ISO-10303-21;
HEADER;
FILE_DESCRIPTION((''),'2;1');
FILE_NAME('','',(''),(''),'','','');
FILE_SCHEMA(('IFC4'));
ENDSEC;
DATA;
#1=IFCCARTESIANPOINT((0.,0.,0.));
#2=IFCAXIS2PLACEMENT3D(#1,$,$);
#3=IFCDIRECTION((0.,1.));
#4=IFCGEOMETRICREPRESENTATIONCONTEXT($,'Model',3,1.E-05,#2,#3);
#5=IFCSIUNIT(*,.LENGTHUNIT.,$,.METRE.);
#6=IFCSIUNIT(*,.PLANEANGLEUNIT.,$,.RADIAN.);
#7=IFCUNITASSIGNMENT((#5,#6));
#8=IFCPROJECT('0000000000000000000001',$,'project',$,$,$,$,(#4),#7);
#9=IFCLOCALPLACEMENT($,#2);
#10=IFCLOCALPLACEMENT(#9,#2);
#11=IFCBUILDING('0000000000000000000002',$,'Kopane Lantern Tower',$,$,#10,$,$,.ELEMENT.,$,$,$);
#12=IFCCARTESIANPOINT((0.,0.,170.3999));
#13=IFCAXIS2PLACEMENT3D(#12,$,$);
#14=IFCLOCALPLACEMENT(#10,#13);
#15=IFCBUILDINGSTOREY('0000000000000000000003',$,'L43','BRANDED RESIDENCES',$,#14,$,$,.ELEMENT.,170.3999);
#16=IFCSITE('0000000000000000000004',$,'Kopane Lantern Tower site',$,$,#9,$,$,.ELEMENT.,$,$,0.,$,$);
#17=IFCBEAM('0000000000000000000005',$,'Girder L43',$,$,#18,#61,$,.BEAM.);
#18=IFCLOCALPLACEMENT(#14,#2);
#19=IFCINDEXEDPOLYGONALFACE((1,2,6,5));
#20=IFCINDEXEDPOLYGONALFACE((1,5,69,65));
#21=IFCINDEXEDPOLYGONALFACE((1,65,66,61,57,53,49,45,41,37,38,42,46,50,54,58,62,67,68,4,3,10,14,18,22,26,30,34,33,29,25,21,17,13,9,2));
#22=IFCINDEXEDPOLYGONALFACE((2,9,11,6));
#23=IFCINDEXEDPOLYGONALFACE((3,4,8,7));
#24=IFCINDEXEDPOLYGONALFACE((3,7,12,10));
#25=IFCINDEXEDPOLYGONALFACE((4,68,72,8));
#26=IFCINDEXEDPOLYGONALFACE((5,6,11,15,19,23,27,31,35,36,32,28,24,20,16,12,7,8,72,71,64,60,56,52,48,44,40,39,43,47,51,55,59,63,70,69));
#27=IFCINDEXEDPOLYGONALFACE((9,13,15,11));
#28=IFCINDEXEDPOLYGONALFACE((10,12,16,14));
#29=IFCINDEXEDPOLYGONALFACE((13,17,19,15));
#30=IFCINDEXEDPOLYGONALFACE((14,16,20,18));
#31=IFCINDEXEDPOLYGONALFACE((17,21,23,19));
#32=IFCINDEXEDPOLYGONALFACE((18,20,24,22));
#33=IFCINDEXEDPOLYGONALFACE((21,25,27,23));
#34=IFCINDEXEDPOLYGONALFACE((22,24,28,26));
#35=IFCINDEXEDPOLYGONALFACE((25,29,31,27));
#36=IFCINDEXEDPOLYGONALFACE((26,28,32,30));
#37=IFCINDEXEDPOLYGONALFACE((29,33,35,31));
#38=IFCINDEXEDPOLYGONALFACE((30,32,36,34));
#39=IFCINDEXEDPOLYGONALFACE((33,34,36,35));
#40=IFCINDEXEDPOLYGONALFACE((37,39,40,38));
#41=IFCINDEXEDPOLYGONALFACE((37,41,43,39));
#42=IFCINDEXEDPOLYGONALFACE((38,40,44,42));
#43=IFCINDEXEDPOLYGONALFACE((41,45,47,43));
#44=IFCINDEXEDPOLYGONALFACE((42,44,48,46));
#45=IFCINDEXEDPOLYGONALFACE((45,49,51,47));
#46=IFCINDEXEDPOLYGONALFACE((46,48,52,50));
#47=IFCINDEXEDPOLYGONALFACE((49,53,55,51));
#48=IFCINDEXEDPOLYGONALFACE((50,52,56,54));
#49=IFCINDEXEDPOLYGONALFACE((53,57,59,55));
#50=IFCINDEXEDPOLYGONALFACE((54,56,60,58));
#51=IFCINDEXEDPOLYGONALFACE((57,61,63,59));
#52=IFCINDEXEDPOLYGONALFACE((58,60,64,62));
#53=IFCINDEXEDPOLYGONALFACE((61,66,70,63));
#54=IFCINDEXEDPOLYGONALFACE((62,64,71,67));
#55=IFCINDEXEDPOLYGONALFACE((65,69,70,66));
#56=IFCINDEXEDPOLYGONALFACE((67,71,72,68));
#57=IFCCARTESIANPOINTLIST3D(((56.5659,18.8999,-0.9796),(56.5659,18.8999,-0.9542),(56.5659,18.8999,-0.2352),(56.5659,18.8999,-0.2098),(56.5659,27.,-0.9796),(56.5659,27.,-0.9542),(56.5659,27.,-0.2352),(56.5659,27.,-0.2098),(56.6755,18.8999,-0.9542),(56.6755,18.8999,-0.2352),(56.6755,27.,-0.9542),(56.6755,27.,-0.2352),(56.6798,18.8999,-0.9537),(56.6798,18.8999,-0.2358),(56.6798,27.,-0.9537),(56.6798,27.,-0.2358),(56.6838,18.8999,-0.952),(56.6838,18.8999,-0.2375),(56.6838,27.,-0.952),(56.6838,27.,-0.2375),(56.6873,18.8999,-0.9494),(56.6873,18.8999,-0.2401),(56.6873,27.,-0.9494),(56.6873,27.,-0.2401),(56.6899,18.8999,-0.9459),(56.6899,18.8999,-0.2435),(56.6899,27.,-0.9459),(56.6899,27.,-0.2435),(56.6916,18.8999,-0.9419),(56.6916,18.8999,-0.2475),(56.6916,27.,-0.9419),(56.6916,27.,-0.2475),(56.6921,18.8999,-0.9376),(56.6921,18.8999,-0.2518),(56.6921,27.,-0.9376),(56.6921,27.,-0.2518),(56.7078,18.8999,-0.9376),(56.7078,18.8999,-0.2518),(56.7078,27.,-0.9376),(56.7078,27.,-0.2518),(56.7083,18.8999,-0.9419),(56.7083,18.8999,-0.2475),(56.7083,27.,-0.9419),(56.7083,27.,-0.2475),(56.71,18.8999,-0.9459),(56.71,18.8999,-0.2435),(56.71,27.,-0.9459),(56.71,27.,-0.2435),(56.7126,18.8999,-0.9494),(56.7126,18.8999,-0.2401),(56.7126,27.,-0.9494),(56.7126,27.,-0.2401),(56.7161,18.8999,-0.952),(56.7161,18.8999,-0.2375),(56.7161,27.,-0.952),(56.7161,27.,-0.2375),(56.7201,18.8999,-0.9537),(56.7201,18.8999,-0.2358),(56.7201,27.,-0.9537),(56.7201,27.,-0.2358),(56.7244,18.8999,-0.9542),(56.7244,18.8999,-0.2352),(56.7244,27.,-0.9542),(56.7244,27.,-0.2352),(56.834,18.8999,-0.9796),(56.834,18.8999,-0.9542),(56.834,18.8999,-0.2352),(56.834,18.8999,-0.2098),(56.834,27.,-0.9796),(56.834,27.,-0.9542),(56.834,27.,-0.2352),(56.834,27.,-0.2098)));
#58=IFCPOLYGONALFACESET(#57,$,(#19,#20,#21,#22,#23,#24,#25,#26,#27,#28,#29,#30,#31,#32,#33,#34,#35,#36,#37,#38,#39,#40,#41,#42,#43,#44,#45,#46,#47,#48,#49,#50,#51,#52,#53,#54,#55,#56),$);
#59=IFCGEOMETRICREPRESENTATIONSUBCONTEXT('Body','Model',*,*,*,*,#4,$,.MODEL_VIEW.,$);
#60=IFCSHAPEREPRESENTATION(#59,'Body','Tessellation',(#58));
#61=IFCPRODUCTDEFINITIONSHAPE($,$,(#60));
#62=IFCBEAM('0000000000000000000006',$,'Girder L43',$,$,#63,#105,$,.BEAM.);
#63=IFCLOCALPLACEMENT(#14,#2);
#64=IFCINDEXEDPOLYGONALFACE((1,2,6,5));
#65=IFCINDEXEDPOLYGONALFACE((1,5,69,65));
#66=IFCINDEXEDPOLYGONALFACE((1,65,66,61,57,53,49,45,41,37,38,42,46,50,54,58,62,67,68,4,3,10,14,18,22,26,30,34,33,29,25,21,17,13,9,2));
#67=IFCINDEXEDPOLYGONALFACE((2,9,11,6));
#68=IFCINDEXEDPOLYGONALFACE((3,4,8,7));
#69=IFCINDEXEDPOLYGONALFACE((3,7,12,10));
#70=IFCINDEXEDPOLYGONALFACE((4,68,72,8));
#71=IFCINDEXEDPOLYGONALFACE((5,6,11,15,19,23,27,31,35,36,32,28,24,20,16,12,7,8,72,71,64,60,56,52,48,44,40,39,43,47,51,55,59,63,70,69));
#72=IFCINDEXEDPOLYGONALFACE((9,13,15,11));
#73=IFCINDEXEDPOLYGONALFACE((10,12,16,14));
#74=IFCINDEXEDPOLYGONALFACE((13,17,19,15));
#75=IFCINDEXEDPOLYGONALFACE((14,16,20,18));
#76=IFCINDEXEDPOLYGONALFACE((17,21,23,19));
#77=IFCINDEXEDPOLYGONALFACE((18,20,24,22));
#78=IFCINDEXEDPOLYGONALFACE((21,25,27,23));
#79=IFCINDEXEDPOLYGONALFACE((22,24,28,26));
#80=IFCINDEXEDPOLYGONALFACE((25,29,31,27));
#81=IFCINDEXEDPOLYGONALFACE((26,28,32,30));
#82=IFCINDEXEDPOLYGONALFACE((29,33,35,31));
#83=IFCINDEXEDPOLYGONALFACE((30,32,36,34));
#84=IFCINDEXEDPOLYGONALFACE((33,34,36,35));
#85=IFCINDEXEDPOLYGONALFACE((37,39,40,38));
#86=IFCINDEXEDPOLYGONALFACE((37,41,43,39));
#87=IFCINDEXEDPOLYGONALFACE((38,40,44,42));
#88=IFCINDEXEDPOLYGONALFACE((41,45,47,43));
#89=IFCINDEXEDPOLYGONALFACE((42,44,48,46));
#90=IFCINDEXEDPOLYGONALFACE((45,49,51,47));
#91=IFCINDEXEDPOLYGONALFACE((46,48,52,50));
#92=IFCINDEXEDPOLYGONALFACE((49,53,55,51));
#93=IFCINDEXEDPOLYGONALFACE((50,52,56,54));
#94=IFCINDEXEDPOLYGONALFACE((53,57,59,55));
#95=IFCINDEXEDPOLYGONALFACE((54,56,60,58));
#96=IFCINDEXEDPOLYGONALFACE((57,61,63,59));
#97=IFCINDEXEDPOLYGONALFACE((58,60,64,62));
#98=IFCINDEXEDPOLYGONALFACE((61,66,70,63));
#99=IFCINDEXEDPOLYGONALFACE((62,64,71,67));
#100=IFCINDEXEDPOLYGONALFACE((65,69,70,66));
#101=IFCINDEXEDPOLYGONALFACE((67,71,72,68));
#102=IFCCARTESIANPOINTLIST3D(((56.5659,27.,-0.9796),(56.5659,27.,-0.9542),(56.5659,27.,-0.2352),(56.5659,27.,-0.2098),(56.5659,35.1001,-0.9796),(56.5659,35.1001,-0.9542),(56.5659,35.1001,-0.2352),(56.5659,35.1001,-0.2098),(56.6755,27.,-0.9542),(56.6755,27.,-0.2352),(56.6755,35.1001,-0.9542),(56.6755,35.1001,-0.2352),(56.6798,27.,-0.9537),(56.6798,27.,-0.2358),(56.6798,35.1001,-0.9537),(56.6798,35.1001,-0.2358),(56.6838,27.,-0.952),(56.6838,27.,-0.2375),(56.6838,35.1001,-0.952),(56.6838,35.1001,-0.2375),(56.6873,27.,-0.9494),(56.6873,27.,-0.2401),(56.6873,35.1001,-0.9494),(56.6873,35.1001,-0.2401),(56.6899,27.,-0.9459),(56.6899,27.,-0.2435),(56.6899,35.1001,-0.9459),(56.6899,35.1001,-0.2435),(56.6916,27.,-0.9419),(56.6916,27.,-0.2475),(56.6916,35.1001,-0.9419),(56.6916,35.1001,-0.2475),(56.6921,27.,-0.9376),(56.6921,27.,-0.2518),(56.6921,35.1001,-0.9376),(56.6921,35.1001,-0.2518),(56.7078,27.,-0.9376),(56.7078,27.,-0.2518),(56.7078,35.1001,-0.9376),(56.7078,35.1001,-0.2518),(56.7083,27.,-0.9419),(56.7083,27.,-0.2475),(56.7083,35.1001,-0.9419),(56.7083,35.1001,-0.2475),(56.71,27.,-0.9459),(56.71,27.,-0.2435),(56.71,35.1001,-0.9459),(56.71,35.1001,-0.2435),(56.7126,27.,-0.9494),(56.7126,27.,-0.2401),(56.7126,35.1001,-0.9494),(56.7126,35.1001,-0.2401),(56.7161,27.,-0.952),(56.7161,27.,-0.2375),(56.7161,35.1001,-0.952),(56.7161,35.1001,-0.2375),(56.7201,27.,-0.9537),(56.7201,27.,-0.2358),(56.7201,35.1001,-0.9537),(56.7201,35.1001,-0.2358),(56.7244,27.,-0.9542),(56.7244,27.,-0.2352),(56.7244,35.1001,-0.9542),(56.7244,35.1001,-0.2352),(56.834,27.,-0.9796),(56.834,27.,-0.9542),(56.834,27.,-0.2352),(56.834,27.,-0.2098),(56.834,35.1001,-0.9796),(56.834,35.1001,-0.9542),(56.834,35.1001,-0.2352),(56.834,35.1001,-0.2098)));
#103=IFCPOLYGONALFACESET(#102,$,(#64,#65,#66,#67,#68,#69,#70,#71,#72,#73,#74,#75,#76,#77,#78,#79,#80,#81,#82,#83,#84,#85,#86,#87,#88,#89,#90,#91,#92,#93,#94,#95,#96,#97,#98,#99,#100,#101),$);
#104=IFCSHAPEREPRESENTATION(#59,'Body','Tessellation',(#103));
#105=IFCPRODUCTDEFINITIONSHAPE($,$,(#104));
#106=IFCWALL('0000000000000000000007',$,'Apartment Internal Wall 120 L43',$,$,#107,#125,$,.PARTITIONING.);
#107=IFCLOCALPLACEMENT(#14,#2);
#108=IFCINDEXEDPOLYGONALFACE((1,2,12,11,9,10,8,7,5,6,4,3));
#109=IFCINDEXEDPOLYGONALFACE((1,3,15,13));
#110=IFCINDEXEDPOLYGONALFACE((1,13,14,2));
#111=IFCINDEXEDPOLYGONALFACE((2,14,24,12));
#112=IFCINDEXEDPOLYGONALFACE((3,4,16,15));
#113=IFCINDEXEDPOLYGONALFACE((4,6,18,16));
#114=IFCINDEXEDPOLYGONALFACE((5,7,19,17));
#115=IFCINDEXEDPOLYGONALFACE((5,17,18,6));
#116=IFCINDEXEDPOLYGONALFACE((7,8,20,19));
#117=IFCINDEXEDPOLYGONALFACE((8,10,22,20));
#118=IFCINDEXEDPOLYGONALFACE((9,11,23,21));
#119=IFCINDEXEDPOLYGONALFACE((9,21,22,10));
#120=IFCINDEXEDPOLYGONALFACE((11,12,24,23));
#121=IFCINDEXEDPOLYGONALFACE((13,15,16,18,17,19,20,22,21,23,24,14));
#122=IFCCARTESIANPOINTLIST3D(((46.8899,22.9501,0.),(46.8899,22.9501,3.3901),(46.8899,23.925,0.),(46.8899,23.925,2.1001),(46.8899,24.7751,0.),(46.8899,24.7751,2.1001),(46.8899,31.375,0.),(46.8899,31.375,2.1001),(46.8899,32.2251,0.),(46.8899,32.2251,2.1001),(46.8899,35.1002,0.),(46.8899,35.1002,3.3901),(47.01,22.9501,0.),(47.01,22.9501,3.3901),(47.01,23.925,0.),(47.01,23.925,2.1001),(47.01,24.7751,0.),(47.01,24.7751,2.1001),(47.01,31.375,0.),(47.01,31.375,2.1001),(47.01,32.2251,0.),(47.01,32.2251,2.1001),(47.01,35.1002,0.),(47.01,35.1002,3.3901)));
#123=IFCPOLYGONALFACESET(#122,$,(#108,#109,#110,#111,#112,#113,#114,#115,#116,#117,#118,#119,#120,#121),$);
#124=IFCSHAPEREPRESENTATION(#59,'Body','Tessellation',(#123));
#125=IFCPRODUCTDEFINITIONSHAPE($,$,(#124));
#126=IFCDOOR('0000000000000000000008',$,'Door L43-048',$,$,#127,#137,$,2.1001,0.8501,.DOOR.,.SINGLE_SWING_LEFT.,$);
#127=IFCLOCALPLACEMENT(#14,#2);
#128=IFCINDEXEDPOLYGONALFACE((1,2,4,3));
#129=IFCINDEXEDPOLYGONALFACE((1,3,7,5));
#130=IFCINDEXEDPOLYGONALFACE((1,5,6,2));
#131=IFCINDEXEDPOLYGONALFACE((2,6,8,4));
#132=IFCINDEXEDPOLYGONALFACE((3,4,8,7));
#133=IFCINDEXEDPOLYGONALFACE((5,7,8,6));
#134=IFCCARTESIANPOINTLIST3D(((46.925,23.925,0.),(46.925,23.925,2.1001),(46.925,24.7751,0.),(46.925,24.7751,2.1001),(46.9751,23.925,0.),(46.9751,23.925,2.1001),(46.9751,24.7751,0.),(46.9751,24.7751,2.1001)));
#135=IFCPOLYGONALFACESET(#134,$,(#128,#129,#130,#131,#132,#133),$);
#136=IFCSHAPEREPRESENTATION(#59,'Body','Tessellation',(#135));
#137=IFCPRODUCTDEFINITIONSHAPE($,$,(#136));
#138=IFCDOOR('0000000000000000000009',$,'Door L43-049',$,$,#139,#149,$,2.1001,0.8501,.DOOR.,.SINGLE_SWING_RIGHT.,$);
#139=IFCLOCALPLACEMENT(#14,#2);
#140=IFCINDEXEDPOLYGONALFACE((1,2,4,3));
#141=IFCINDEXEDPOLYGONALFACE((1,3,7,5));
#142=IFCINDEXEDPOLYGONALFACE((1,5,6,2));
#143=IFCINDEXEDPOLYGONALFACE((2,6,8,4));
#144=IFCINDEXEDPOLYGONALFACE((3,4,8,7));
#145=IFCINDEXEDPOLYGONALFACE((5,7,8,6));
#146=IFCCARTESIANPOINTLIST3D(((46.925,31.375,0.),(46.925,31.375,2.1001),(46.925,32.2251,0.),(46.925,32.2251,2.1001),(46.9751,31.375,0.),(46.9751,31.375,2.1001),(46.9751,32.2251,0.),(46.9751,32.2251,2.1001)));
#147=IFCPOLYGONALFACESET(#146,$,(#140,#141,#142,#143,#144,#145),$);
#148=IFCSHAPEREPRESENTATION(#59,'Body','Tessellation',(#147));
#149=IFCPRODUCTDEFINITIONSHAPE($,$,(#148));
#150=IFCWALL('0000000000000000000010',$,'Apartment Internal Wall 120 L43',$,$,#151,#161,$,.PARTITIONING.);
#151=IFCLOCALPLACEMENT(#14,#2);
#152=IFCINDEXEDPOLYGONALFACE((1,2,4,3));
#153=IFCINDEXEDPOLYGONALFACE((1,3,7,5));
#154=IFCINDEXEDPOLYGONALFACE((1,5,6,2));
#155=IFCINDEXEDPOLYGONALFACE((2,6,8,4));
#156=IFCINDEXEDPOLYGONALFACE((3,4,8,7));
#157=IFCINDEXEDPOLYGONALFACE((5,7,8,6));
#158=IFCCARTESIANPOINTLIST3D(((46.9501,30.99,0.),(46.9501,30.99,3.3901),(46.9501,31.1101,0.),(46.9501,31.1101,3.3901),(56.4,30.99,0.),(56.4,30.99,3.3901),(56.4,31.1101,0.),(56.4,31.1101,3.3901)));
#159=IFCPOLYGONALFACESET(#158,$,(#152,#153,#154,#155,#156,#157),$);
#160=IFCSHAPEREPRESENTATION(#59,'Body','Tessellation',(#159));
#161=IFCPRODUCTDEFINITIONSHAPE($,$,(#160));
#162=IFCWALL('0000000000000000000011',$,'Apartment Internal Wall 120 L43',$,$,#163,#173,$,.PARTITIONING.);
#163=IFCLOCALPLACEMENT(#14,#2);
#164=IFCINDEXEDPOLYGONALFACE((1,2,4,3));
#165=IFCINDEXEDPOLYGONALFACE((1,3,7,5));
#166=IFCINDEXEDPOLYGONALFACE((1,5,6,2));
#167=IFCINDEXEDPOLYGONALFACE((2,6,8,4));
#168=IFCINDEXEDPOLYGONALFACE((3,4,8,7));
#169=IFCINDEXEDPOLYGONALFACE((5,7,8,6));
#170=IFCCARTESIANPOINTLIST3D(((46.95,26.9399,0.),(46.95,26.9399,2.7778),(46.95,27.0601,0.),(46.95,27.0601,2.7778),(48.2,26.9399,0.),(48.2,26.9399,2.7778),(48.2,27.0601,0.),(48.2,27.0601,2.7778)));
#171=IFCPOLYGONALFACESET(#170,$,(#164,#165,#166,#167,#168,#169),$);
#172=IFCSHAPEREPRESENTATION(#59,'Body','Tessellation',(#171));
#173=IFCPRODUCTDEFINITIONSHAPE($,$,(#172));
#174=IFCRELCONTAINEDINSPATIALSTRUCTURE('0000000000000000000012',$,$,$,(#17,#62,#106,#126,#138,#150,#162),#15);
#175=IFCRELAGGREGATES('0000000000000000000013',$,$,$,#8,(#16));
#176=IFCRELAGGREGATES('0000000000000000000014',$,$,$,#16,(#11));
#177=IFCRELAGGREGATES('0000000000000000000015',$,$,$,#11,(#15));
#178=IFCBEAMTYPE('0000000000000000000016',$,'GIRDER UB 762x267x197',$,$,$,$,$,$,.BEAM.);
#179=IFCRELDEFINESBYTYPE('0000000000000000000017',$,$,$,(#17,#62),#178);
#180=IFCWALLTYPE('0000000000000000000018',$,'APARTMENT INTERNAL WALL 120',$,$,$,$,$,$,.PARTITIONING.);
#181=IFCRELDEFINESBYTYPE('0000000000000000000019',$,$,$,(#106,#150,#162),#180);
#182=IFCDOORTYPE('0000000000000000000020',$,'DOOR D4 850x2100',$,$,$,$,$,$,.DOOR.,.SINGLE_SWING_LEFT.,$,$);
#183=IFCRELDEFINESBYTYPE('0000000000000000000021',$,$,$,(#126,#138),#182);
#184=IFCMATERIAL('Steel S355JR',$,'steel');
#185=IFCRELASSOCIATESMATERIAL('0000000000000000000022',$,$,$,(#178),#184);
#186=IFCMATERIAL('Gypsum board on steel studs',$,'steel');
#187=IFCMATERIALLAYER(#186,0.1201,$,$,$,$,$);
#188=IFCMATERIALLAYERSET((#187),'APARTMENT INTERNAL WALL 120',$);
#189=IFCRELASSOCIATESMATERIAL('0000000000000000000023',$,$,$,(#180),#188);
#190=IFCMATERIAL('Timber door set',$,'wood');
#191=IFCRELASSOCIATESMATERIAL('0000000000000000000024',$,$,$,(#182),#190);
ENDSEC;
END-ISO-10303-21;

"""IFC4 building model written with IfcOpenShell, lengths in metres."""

from ifc_helpers import new_model, si_unit, direction, frame, frame_2d, origin, origin_2d, place, context, subcontext, project, spatial, rectangle, i_section, extrude, material, layer, layer_set, material_profile, profile_set, type_object, element, fill, save


model = new_model("IFC4")

# Units and contexts
model_context = context("Model", 3, precision=1e-05, world=origin(), true_north=direction((0.0, 1.0)))
body_context = subcontext(model_context, "Body", "Model", "MODEL_VIEW")
ifc_project = project(units=[si_unit("LENGTHUNIT", "METRE"), si_unit("PLANEANGLEUNIT", "RADIAN")], contexts=[model_context])

# Site, building, storey
site_placement = place(None, origin())
site = spatial("IfcSite", under=ifc_project, at=site_placement, Name="Kopane Lantern Tower site", CompositionType="ELEMENT", RefElevation=0.0)
building_placement = place(site_placement, origin())
building = spatial("IfcBuilding", under=site, at=building_placement, Name="Kopane Lantern Tower", CompositionType="ELEMENT")
storey_placement = place(building_placement, frame((0.0, 0.0, 170.3999)))
storey = spatial("IfcBuildingStorey", under=building, at=storey_placement, Name="L43", Description="BRANDED RESIDENCES", CompositionType="ELEMENT", Elevation=170.3999)

# Beams
ifc_material_1 = material(Name="Steel S355JR", Category="steel")
ifc_material_profile_1 = material_profile(ifc_material_1, i_section(OverallWidth=0.2681, OverallDepth=0.7698, WebThickness=0.0156, FlangeThickness=0.0254, FilletRadius=0.0166, at=origin_2d()), Name="UB 762x267x197")
ifc_profile_set_1 = profile_set([ifc_material_profile_1], Name="Steel S355JR")
beam_type = type_object("IfcBeamType", Name="GIRDER UB 762x267x197", PredefinedType="BEAM", material=ifc_profile_set_1)
for number, where, z_axis, x_axis, name in (
    (1, (56.7, 18.8999, -0.5947), (0.0, 1.0, 0.0), (-1.0, 0.0, 0.0), "Girder L43"),
    (2, (56.7, 27.0, -0.5947), (0.0, 1.0, 0.0), (-1.0, 0.0, 0.0), "Girder L43"),
):
    element("IfcBeam", number, at=place(storey_placement, frame(where, z_axis=z_axis, x_axis=x_axis)), inside=storey, type_object=beam_type, Name=name, PredefinedType="BEAM", context=body_context, shape_type="SweptSolid", body=[
        extrude(i_section(OverallWidth=0.2681, OverallDepth=0.7698, WebThickness=0.0156, FlangeThickness=0.0254, FilletRadius=0.0166, at=origin_2d()), origin(), (0.0, 0.0, 1.0), 8.1001),
    ])

# Wall, openings, doors
ifc_material_2 = material(Name="Gypsum board on steel studs", Category="steel")
ifc_layer_1 = layer(ifc_material_2, 0.1201)
ifc_layer_set_1 = layer_set([ifc_layer_1], Name="APARTMENT INTERNAL WALL 120")
wall_type_1 = type_object("IfcWallType", Name="APARTMENT INTERNAL WALL 120", PredefinedType="PARTITIONING", material=ifc_layer_set_1)
wall_1_placement = place(storey_placement, frame((46.95, 22.95, 0.0), z_axis=(0.0, 0.0, 1.0), x_axis=(0.0, 1.0, 0.0)))
wall_1 = element("IfcWall", 3, at=wall_1_placement, inside=storey, type_object=wall_type_1, Name="Apartment Internal Wall 120 L43", PredefinedType="PARTITIONING", context=body_context, shape_type="SweptSolid", body=[
    extrude(rectangle(XDim=12.1501, YDim=0.1201, at=frame_2d((6.0752, 0.0))), origin(), (0.0, 0.0, 1.0), 3.3901),
])
opening_1_placement = place(wall_1_placement, frame((0.9751, 0.0, 0.0)))
opening_1 = element("IfcOpeningElement", 4, at=opening_1_placement, cuts=wall_1, PredefinedType="OPENING", context=body_context, shape_type="SweptSolid", body=[
    extrude(rectangle(XDim=0.8501, YDim=2.1001, at=frame_2d((0.425, 1.05))), frame((0.0, 0.0701, 0.0), z_axis=(0.0, -1.0, 0.0), x_axis=(1.0, 0.0, 0.0)), (0.0, 0.0, 1.0), 0.1401),
])
opening_2_placement = place(wall_1_placement, frame((8.425, 0.0, 0.0)))
opening_2 = element("IfcOpeningElement", 5, at=opening_2_placement, cuts=wall_1, PredefinedType="OPENING", context=body_context, shape_type="SweptSolid", body=[
    extrude(rectangle(XDim=0.8501, YDim=2.1001, at=frame_2d((0.425, 1.05))), frame((0.0, 0.0701, 0.0), z_axis=(0.0, -1.0, 0.0), x_axis=(1.0, 0.0, 0.0)), (0.0, 0.0, 1.0), 0.1401),
])
ifc_material_3 = material(Name="Timber door set", Category="wood")
door_type = type_object("IfcDoorType", Name="DOOR D4 850x2100", OperationType="SINGLE_SWING_LEFT", PredefinedType="DOOR", material=ifc_material_3)
door_1_placement = place(opening_1_placement, origin())
door_1 = element("IfcDoor", 6, at=door_1_placement, inside=storey, type_object=door_type, Name="Door L43-048", OperationType="SINGLE_SWING_LEFT", OverallHeight=2.1001, OverallWidth=0.8501, PredefinedType="DOOR", context=body_context, shape_type="SweptSolid", body=[
    extrude(rectangle(XDim=0.8501, YDim=2.1001, at=frame_2d((0.425, 1.05))), frame((0.0, 0.0249, 0.0), z_axis=(0.0, -1.0, 0.0), x_axis=(1.0, 0.0, 0.0)), (0.0, 0.0, 1.0), 0.05),
])
fill(opening_1, door_1)
door_2_placement = place(opening_2_placement, origin())
door_2 = element("IfcDoor", 7, at=door_2_placement, inside=storey, type_object=door_type, Name="Door L43-049", OperationType="SINGLE_SWING_RIGHT", OverallHeight=2.1001, OverallWidth=0.8501, PredefinedType="DOOR", context=body_context, shape_type="SweptSolid", body=[
    extrude(rectangle(XDim=0.8501, YDim=2.1001, at=frame_2d((0.425, 1.05))), frame((0.0, 0.0249, 0.0), z_axis=(0.0, -1.0, 0.0), x_axis=(1.0, 0.0, 0.0)), (0.0, 0.0, 1.0), 0.05),
])
fill(opening_2, door_2)

# Walls
wall_2_placement = place(storey_placement, frame((46.95, 31.05, 0.0), z_axis=(0.0, 0.0, 1.0), x_axis=(1.0, 0.0, 0.0)))
element("IfcWall", 8, at=wall_2_placement, inside=storey, type_object=wall_type_1, Name="Apartment Internal Wall 120 L43", PredefinedType="PARTITIONING", context=body_context, shape_type="SweptSolid", body=[
    extrude(rectangle(XDim=9.45, YDim=0.1201, at=frame_2d((4.7251, 0.0))), origin(), (0.0, 0.0, 1.0), 3.3901),
])
wall_3_placement = place(storey_placement, frame((46.95, 27.0, 0.0), z_axis=(0.0, 0.0, 1.0), x_axis=(1.0, 0.0, 0.0)))
element("IfcWall", 9, at=wall_3_placement, inside=storey, type_object=wall_type_1, Name="Apartment Internal Wall 120 L43", PredefinedType="PARTITIONING", context=body_context, shape_type="SweptSolid", body=[
    extrude(rectangle(XDim=1.25, YDim=0.1201, at=frame_2d((0.625, 0.0))), origin(), (0.0, 0.0, 1.0), 2.7778),
])

save(model, "model.ifc")
